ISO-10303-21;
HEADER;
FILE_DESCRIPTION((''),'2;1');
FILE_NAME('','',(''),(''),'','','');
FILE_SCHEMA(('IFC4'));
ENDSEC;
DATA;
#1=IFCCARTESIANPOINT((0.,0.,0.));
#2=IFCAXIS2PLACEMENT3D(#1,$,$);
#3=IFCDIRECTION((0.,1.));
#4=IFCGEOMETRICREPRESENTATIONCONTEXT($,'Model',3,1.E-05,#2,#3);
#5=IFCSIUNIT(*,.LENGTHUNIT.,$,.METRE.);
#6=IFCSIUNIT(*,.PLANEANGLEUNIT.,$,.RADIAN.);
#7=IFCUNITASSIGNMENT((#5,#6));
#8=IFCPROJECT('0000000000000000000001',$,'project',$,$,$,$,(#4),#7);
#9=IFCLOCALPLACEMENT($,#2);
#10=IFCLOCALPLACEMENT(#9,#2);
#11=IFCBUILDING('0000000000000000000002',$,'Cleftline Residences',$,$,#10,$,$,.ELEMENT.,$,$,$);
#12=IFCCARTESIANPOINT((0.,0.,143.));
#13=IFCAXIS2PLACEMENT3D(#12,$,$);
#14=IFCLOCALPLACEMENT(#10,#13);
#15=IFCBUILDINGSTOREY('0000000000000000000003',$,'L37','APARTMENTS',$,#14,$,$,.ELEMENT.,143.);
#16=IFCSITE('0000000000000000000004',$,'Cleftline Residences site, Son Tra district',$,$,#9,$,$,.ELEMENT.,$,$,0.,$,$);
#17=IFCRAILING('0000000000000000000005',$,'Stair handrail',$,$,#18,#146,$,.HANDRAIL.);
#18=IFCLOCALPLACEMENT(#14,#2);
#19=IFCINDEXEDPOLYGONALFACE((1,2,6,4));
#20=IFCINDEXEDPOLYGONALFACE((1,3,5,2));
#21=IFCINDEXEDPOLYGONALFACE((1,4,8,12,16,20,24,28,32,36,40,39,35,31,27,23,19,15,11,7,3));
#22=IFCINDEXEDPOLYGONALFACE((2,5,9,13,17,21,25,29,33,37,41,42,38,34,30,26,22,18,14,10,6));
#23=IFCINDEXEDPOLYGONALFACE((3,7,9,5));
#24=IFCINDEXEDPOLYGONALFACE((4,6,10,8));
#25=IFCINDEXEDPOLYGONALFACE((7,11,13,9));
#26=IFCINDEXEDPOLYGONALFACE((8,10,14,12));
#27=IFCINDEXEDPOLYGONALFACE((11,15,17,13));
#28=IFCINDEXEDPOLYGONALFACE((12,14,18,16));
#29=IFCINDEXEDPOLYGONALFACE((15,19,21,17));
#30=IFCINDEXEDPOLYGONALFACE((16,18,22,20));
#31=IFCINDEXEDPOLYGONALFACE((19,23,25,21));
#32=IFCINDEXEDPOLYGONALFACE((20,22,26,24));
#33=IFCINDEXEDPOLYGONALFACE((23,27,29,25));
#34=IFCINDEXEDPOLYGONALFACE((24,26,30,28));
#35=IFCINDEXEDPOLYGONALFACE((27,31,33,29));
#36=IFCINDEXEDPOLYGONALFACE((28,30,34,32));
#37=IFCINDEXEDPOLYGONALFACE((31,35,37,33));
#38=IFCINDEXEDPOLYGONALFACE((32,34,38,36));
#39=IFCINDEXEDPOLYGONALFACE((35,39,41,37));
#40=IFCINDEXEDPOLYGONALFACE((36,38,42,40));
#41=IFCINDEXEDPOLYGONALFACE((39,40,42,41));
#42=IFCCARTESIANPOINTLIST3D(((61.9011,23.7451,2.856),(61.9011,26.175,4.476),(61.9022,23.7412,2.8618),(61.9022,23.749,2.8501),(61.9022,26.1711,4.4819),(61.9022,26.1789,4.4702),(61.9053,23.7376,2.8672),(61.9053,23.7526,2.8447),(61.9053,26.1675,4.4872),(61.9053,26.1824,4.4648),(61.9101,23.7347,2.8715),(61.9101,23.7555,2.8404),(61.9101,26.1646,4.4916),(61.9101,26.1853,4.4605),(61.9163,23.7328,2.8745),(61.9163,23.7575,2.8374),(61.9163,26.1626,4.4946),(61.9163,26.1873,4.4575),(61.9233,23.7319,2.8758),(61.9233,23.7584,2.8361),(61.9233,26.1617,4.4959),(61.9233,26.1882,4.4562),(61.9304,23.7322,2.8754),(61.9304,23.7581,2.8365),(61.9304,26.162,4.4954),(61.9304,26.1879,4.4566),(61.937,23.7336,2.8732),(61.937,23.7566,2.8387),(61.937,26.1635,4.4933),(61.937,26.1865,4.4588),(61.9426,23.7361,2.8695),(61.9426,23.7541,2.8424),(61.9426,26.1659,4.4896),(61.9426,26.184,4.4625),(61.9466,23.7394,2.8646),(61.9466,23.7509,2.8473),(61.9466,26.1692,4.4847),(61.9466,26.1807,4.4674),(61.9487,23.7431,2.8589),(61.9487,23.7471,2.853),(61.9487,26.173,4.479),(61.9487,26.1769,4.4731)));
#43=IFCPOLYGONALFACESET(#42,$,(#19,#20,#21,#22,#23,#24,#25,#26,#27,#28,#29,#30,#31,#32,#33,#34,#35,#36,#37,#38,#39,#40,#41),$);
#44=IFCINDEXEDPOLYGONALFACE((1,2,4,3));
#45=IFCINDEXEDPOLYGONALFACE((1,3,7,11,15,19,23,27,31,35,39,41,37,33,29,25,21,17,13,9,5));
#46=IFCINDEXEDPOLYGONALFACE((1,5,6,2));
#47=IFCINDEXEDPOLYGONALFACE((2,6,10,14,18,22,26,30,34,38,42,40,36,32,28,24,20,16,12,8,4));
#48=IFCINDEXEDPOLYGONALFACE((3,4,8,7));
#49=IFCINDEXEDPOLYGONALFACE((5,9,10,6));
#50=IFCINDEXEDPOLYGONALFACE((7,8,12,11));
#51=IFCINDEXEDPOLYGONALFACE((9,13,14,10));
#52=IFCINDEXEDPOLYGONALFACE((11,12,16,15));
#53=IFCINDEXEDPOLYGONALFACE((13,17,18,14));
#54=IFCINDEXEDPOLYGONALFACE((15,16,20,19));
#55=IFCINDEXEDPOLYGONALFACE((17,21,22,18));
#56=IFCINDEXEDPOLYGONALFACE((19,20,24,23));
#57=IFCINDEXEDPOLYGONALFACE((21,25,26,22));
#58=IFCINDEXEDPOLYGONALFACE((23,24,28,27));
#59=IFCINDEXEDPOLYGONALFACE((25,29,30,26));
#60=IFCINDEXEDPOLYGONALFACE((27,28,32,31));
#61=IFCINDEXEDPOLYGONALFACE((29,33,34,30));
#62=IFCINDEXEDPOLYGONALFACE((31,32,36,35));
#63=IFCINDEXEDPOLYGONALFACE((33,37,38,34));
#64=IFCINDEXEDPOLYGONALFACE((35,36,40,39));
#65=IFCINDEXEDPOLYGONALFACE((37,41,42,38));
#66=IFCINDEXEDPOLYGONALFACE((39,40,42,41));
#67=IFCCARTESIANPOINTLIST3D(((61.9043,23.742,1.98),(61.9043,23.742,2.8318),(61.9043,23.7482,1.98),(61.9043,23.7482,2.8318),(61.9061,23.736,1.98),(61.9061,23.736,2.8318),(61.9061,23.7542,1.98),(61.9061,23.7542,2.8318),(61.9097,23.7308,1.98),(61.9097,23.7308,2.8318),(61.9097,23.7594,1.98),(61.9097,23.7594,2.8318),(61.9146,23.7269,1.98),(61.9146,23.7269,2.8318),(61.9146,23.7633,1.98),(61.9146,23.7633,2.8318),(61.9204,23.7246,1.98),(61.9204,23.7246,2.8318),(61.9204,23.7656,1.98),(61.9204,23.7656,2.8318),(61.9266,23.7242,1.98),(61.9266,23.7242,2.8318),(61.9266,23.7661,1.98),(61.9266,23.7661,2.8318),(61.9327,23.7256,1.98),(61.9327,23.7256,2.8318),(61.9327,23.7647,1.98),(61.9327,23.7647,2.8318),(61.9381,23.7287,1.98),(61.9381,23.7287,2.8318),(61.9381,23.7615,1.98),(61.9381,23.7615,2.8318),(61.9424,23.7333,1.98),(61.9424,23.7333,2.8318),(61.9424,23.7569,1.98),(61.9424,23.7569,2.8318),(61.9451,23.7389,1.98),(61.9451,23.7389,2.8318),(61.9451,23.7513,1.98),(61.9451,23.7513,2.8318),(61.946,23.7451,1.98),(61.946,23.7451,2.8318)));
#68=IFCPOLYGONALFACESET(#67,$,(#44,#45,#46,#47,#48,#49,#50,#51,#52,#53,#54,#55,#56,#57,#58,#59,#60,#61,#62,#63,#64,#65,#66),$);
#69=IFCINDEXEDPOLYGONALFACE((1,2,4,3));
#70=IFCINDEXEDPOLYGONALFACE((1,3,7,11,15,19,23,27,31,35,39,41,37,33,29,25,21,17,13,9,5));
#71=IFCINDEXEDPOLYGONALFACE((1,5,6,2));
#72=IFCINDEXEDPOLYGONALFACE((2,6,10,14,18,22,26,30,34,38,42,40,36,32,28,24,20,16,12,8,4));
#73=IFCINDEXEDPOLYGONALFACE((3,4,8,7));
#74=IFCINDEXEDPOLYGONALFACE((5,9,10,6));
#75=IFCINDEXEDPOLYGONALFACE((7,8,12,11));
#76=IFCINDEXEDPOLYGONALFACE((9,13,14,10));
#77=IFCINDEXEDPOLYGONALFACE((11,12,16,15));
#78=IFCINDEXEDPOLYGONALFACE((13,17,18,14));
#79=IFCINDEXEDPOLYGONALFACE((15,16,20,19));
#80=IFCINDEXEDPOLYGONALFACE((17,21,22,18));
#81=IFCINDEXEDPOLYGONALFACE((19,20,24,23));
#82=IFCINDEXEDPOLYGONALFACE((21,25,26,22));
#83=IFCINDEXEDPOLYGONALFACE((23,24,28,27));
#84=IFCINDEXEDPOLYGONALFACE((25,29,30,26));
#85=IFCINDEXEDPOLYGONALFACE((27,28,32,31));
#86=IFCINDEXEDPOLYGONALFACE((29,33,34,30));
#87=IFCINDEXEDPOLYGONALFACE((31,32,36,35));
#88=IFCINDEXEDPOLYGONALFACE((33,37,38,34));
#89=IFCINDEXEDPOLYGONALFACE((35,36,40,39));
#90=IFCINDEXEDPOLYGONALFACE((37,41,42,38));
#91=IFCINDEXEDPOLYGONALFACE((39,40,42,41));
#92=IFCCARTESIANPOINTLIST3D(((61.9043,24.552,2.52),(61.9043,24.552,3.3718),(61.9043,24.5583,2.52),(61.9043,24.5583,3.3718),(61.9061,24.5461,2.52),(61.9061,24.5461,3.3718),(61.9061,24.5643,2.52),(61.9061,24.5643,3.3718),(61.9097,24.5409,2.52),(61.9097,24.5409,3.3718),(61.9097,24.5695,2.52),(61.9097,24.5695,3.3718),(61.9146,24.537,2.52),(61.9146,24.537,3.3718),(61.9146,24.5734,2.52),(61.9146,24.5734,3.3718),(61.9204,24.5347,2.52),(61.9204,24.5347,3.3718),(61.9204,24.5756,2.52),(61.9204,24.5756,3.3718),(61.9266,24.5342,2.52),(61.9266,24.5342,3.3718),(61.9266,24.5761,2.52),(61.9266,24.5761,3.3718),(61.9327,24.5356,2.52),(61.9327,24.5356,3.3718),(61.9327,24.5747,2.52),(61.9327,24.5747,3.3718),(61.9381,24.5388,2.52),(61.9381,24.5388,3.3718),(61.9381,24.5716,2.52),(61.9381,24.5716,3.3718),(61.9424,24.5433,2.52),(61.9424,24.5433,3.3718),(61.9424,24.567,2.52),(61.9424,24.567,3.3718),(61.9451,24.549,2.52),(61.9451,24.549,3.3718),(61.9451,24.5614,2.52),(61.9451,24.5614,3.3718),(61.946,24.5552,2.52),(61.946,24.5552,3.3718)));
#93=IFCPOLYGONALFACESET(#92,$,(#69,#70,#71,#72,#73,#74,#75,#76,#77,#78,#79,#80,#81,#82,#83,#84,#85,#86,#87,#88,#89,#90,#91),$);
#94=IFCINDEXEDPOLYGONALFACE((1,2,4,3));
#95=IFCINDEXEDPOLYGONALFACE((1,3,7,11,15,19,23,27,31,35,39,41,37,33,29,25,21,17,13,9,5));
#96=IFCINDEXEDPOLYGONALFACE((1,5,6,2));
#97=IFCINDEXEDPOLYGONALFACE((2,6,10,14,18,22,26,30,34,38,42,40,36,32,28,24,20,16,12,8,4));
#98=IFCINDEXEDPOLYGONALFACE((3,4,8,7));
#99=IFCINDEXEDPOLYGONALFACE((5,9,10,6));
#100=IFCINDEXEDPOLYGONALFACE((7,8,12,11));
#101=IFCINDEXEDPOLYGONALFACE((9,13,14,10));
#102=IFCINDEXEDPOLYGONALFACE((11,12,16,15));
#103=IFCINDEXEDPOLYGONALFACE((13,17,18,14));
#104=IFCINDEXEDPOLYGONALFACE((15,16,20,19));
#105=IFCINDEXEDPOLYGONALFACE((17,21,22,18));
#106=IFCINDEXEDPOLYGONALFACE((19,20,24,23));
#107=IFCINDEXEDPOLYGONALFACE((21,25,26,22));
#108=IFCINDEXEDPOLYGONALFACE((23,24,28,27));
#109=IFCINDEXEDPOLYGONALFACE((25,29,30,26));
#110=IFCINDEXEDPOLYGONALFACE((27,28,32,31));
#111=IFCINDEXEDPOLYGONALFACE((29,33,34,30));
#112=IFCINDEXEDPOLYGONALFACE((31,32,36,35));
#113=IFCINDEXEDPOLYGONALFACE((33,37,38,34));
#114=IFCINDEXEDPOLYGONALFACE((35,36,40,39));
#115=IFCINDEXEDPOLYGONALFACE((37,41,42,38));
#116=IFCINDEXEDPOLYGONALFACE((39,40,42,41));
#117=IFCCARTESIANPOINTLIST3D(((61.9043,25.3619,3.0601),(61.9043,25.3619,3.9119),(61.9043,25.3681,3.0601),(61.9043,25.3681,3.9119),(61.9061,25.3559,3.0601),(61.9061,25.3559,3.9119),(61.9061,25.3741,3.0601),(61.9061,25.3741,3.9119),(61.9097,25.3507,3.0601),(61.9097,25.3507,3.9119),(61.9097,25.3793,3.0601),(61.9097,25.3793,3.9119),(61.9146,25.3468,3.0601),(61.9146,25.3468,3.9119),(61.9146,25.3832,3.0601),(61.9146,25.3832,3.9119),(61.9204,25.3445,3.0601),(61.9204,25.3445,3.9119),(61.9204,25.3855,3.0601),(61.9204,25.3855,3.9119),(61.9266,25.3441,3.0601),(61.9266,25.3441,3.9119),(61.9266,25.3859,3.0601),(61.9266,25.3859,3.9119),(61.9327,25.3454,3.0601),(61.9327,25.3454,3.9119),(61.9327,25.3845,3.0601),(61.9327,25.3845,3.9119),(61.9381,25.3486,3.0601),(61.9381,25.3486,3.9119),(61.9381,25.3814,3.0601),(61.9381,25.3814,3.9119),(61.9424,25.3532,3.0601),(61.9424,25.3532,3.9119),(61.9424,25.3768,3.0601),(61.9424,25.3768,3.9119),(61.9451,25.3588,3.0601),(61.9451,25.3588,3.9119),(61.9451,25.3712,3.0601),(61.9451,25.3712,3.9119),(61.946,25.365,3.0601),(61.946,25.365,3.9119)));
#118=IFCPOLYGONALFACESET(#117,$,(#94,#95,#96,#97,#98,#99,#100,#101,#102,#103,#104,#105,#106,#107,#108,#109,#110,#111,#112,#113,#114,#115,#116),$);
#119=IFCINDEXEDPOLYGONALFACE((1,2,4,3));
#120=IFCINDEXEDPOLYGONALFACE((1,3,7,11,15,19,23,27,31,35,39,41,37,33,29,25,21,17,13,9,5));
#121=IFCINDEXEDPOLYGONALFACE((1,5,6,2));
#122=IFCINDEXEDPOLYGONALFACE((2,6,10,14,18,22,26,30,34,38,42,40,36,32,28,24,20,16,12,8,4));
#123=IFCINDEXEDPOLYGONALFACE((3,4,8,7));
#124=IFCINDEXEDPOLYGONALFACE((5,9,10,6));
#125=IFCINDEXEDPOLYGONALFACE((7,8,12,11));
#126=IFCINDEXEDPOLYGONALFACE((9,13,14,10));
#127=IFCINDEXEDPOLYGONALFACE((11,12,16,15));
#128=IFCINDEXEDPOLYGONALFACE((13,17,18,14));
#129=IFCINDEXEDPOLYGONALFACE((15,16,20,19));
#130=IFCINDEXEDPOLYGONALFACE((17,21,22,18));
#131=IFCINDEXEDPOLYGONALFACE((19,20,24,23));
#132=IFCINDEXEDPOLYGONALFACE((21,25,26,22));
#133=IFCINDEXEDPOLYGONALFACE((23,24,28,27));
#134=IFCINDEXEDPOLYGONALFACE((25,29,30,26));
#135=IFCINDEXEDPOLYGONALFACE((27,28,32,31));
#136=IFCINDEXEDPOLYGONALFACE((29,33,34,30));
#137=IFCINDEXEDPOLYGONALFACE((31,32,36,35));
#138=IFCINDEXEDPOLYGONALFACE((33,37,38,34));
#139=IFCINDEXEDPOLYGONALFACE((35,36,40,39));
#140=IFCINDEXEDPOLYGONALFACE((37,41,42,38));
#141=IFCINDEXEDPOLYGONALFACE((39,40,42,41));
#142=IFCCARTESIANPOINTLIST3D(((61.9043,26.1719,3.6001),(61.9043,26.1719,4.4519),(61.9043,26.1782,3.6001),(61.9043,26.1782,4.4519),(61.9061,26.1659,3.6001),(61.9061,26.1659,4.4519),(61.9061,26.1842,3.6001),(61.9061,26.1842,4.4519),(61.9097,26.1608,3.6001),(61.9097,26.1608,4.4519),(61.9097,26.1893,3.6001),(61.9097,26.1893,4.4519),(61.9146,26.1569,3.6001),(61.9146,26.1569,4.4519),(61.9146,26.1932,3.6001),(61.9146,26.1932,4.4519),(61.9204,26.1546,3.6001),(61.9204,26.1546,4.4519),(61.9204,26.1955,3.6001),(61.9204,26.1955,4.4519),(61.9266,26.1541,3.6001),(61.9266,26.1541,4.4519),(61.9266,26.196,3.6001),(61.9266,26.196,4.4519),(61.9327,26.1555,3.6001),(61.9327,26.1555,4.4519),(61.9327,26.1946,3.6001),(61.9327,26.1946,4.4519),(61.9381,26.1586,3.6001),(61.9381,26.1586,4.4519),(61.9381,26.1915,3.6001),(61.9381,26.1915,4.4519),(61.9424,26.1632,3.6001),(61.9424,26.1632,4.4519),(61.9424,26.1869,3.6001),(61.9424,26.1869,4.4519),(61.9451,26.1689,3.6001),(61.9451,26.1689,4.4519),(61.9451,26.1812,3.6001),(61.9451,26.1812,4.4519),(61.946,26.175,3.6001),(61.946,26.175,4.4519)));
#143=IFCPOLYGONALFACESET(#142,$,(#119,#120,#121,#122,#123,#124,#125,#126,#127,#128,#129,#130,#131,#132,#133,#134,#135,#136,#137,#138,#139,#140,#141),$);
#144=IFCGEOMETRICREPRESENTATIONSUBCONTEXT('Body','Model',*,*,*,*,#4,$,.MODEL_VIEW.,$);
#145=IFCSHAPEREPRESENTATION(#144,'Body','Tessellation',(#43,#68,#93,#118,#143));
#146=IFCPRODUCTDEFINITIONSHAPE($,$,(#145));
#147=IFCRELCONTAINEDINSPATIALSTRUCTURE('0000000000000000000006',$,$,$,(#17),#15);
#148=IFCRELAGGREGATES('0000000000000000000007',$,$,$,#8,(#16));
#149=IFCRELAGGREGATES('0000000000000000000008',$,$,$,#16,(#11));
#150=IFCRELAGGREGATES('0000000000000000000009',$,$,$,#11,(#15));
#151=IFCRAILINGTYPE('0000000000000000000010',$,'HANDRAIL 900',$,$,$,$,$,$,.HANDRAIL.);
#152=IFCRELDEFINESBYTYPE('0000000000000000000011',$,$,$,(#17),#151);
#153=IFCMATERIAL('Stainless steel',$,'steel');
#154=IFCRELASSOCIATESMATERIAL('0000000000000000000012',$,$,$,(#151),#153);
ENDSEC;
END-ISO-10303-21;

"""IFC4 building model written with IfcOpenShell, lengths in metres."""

from ifc_helpers import new_model, si_unit, direction, frame, origin, origin_2d, place, context, subcontext, project, spatial, circle, extrude, material, type_object, element, save


model = new_model("IFC4")

# Units and contexts
model_context = context("Model", 3, precision=1e-05, world=origin(), true_north=direction((0.0, 1.0)))
body_context = subcontext(model_context, "Body", "Model", "MODEL_VIEW")
ifc_project = project(units=[si_unit("LENGTHUNIT", "METRE"), si_unit("PLANEANGLEUNIT", "RADIAN")], contexts=[model_context])

# Site, building, storey
site_placement = place(None, origin())
site = spatial("IfcSite", under=ifc_project, at=site_placement, Name="Cleftline Residences site, Son Tra district", CompositionType="ELEMENT", RefElevation=0.0)
building_placement = place(site_placement, origin())
building = spatial("IfcBuilding", under=site, at=building_placement, Name="Cleftline Residences", CompositionType="ELEMENT")
storey_placement = place(building_placement, frame((0.0, 0.0, 143.0)))
storey = spatial("IfcBuildingStorey", under=building, at=storey_placement, Name="L37", Description="APARTMENTS", CompositionType="ELEMENT", Elevation=143.0)

# Railing
ifc_material_1 = material(Name="Stainless steel", Category="steel")
railing_type = type_object("IfcRailingType", Name="HANDRAIL 900", PredefinedType="HANDRAIL", material=ifc_material_1)
railing_placement = place(storey_placement, frame((61.925, 23.7451, 1.98)))
element("IfcRailing", 1, at=railing_placement, inside=storey, type_object=railing_type, Name="Stair handrail", PredefinedType="HANDRAIL", context=body_context, shape_type="SweptSolid", body=[
    extrude(circle(Radius=0.0239, at=origin_2d()), frame((0.0, 0.0, 0.876), z_axis=(0.0, 0.832025, 0.554739), x_axis=(-1.0, 0.0, 0.0)), (0.0, 0.0, 1.0), 2.9204),
    extrude(circle(Radius=0.021, at=origin_2d()), origin(), (0.0, 0.0, 1.0), 0.8518),
    extrude(circle(Radius=0.021, at=origin_2d()), frame((0.0, 0.8101, 0.54)), (0.0, 0.0, 1.0), 0.8518),
    extrude(circle(Radius=0.021, at=origin_2d()), frame((0.0, 1.6199, 1.0801)), (0.0, 0.0, 1.0), 0.8518),
    extrude(circle(Radius=0.021, at=origin_2d()), frame((0.0, 2.4299, 1.6201)), (0.0, 0.0, 1.0), 0.8518),
])

save(model, "model.ifc")
